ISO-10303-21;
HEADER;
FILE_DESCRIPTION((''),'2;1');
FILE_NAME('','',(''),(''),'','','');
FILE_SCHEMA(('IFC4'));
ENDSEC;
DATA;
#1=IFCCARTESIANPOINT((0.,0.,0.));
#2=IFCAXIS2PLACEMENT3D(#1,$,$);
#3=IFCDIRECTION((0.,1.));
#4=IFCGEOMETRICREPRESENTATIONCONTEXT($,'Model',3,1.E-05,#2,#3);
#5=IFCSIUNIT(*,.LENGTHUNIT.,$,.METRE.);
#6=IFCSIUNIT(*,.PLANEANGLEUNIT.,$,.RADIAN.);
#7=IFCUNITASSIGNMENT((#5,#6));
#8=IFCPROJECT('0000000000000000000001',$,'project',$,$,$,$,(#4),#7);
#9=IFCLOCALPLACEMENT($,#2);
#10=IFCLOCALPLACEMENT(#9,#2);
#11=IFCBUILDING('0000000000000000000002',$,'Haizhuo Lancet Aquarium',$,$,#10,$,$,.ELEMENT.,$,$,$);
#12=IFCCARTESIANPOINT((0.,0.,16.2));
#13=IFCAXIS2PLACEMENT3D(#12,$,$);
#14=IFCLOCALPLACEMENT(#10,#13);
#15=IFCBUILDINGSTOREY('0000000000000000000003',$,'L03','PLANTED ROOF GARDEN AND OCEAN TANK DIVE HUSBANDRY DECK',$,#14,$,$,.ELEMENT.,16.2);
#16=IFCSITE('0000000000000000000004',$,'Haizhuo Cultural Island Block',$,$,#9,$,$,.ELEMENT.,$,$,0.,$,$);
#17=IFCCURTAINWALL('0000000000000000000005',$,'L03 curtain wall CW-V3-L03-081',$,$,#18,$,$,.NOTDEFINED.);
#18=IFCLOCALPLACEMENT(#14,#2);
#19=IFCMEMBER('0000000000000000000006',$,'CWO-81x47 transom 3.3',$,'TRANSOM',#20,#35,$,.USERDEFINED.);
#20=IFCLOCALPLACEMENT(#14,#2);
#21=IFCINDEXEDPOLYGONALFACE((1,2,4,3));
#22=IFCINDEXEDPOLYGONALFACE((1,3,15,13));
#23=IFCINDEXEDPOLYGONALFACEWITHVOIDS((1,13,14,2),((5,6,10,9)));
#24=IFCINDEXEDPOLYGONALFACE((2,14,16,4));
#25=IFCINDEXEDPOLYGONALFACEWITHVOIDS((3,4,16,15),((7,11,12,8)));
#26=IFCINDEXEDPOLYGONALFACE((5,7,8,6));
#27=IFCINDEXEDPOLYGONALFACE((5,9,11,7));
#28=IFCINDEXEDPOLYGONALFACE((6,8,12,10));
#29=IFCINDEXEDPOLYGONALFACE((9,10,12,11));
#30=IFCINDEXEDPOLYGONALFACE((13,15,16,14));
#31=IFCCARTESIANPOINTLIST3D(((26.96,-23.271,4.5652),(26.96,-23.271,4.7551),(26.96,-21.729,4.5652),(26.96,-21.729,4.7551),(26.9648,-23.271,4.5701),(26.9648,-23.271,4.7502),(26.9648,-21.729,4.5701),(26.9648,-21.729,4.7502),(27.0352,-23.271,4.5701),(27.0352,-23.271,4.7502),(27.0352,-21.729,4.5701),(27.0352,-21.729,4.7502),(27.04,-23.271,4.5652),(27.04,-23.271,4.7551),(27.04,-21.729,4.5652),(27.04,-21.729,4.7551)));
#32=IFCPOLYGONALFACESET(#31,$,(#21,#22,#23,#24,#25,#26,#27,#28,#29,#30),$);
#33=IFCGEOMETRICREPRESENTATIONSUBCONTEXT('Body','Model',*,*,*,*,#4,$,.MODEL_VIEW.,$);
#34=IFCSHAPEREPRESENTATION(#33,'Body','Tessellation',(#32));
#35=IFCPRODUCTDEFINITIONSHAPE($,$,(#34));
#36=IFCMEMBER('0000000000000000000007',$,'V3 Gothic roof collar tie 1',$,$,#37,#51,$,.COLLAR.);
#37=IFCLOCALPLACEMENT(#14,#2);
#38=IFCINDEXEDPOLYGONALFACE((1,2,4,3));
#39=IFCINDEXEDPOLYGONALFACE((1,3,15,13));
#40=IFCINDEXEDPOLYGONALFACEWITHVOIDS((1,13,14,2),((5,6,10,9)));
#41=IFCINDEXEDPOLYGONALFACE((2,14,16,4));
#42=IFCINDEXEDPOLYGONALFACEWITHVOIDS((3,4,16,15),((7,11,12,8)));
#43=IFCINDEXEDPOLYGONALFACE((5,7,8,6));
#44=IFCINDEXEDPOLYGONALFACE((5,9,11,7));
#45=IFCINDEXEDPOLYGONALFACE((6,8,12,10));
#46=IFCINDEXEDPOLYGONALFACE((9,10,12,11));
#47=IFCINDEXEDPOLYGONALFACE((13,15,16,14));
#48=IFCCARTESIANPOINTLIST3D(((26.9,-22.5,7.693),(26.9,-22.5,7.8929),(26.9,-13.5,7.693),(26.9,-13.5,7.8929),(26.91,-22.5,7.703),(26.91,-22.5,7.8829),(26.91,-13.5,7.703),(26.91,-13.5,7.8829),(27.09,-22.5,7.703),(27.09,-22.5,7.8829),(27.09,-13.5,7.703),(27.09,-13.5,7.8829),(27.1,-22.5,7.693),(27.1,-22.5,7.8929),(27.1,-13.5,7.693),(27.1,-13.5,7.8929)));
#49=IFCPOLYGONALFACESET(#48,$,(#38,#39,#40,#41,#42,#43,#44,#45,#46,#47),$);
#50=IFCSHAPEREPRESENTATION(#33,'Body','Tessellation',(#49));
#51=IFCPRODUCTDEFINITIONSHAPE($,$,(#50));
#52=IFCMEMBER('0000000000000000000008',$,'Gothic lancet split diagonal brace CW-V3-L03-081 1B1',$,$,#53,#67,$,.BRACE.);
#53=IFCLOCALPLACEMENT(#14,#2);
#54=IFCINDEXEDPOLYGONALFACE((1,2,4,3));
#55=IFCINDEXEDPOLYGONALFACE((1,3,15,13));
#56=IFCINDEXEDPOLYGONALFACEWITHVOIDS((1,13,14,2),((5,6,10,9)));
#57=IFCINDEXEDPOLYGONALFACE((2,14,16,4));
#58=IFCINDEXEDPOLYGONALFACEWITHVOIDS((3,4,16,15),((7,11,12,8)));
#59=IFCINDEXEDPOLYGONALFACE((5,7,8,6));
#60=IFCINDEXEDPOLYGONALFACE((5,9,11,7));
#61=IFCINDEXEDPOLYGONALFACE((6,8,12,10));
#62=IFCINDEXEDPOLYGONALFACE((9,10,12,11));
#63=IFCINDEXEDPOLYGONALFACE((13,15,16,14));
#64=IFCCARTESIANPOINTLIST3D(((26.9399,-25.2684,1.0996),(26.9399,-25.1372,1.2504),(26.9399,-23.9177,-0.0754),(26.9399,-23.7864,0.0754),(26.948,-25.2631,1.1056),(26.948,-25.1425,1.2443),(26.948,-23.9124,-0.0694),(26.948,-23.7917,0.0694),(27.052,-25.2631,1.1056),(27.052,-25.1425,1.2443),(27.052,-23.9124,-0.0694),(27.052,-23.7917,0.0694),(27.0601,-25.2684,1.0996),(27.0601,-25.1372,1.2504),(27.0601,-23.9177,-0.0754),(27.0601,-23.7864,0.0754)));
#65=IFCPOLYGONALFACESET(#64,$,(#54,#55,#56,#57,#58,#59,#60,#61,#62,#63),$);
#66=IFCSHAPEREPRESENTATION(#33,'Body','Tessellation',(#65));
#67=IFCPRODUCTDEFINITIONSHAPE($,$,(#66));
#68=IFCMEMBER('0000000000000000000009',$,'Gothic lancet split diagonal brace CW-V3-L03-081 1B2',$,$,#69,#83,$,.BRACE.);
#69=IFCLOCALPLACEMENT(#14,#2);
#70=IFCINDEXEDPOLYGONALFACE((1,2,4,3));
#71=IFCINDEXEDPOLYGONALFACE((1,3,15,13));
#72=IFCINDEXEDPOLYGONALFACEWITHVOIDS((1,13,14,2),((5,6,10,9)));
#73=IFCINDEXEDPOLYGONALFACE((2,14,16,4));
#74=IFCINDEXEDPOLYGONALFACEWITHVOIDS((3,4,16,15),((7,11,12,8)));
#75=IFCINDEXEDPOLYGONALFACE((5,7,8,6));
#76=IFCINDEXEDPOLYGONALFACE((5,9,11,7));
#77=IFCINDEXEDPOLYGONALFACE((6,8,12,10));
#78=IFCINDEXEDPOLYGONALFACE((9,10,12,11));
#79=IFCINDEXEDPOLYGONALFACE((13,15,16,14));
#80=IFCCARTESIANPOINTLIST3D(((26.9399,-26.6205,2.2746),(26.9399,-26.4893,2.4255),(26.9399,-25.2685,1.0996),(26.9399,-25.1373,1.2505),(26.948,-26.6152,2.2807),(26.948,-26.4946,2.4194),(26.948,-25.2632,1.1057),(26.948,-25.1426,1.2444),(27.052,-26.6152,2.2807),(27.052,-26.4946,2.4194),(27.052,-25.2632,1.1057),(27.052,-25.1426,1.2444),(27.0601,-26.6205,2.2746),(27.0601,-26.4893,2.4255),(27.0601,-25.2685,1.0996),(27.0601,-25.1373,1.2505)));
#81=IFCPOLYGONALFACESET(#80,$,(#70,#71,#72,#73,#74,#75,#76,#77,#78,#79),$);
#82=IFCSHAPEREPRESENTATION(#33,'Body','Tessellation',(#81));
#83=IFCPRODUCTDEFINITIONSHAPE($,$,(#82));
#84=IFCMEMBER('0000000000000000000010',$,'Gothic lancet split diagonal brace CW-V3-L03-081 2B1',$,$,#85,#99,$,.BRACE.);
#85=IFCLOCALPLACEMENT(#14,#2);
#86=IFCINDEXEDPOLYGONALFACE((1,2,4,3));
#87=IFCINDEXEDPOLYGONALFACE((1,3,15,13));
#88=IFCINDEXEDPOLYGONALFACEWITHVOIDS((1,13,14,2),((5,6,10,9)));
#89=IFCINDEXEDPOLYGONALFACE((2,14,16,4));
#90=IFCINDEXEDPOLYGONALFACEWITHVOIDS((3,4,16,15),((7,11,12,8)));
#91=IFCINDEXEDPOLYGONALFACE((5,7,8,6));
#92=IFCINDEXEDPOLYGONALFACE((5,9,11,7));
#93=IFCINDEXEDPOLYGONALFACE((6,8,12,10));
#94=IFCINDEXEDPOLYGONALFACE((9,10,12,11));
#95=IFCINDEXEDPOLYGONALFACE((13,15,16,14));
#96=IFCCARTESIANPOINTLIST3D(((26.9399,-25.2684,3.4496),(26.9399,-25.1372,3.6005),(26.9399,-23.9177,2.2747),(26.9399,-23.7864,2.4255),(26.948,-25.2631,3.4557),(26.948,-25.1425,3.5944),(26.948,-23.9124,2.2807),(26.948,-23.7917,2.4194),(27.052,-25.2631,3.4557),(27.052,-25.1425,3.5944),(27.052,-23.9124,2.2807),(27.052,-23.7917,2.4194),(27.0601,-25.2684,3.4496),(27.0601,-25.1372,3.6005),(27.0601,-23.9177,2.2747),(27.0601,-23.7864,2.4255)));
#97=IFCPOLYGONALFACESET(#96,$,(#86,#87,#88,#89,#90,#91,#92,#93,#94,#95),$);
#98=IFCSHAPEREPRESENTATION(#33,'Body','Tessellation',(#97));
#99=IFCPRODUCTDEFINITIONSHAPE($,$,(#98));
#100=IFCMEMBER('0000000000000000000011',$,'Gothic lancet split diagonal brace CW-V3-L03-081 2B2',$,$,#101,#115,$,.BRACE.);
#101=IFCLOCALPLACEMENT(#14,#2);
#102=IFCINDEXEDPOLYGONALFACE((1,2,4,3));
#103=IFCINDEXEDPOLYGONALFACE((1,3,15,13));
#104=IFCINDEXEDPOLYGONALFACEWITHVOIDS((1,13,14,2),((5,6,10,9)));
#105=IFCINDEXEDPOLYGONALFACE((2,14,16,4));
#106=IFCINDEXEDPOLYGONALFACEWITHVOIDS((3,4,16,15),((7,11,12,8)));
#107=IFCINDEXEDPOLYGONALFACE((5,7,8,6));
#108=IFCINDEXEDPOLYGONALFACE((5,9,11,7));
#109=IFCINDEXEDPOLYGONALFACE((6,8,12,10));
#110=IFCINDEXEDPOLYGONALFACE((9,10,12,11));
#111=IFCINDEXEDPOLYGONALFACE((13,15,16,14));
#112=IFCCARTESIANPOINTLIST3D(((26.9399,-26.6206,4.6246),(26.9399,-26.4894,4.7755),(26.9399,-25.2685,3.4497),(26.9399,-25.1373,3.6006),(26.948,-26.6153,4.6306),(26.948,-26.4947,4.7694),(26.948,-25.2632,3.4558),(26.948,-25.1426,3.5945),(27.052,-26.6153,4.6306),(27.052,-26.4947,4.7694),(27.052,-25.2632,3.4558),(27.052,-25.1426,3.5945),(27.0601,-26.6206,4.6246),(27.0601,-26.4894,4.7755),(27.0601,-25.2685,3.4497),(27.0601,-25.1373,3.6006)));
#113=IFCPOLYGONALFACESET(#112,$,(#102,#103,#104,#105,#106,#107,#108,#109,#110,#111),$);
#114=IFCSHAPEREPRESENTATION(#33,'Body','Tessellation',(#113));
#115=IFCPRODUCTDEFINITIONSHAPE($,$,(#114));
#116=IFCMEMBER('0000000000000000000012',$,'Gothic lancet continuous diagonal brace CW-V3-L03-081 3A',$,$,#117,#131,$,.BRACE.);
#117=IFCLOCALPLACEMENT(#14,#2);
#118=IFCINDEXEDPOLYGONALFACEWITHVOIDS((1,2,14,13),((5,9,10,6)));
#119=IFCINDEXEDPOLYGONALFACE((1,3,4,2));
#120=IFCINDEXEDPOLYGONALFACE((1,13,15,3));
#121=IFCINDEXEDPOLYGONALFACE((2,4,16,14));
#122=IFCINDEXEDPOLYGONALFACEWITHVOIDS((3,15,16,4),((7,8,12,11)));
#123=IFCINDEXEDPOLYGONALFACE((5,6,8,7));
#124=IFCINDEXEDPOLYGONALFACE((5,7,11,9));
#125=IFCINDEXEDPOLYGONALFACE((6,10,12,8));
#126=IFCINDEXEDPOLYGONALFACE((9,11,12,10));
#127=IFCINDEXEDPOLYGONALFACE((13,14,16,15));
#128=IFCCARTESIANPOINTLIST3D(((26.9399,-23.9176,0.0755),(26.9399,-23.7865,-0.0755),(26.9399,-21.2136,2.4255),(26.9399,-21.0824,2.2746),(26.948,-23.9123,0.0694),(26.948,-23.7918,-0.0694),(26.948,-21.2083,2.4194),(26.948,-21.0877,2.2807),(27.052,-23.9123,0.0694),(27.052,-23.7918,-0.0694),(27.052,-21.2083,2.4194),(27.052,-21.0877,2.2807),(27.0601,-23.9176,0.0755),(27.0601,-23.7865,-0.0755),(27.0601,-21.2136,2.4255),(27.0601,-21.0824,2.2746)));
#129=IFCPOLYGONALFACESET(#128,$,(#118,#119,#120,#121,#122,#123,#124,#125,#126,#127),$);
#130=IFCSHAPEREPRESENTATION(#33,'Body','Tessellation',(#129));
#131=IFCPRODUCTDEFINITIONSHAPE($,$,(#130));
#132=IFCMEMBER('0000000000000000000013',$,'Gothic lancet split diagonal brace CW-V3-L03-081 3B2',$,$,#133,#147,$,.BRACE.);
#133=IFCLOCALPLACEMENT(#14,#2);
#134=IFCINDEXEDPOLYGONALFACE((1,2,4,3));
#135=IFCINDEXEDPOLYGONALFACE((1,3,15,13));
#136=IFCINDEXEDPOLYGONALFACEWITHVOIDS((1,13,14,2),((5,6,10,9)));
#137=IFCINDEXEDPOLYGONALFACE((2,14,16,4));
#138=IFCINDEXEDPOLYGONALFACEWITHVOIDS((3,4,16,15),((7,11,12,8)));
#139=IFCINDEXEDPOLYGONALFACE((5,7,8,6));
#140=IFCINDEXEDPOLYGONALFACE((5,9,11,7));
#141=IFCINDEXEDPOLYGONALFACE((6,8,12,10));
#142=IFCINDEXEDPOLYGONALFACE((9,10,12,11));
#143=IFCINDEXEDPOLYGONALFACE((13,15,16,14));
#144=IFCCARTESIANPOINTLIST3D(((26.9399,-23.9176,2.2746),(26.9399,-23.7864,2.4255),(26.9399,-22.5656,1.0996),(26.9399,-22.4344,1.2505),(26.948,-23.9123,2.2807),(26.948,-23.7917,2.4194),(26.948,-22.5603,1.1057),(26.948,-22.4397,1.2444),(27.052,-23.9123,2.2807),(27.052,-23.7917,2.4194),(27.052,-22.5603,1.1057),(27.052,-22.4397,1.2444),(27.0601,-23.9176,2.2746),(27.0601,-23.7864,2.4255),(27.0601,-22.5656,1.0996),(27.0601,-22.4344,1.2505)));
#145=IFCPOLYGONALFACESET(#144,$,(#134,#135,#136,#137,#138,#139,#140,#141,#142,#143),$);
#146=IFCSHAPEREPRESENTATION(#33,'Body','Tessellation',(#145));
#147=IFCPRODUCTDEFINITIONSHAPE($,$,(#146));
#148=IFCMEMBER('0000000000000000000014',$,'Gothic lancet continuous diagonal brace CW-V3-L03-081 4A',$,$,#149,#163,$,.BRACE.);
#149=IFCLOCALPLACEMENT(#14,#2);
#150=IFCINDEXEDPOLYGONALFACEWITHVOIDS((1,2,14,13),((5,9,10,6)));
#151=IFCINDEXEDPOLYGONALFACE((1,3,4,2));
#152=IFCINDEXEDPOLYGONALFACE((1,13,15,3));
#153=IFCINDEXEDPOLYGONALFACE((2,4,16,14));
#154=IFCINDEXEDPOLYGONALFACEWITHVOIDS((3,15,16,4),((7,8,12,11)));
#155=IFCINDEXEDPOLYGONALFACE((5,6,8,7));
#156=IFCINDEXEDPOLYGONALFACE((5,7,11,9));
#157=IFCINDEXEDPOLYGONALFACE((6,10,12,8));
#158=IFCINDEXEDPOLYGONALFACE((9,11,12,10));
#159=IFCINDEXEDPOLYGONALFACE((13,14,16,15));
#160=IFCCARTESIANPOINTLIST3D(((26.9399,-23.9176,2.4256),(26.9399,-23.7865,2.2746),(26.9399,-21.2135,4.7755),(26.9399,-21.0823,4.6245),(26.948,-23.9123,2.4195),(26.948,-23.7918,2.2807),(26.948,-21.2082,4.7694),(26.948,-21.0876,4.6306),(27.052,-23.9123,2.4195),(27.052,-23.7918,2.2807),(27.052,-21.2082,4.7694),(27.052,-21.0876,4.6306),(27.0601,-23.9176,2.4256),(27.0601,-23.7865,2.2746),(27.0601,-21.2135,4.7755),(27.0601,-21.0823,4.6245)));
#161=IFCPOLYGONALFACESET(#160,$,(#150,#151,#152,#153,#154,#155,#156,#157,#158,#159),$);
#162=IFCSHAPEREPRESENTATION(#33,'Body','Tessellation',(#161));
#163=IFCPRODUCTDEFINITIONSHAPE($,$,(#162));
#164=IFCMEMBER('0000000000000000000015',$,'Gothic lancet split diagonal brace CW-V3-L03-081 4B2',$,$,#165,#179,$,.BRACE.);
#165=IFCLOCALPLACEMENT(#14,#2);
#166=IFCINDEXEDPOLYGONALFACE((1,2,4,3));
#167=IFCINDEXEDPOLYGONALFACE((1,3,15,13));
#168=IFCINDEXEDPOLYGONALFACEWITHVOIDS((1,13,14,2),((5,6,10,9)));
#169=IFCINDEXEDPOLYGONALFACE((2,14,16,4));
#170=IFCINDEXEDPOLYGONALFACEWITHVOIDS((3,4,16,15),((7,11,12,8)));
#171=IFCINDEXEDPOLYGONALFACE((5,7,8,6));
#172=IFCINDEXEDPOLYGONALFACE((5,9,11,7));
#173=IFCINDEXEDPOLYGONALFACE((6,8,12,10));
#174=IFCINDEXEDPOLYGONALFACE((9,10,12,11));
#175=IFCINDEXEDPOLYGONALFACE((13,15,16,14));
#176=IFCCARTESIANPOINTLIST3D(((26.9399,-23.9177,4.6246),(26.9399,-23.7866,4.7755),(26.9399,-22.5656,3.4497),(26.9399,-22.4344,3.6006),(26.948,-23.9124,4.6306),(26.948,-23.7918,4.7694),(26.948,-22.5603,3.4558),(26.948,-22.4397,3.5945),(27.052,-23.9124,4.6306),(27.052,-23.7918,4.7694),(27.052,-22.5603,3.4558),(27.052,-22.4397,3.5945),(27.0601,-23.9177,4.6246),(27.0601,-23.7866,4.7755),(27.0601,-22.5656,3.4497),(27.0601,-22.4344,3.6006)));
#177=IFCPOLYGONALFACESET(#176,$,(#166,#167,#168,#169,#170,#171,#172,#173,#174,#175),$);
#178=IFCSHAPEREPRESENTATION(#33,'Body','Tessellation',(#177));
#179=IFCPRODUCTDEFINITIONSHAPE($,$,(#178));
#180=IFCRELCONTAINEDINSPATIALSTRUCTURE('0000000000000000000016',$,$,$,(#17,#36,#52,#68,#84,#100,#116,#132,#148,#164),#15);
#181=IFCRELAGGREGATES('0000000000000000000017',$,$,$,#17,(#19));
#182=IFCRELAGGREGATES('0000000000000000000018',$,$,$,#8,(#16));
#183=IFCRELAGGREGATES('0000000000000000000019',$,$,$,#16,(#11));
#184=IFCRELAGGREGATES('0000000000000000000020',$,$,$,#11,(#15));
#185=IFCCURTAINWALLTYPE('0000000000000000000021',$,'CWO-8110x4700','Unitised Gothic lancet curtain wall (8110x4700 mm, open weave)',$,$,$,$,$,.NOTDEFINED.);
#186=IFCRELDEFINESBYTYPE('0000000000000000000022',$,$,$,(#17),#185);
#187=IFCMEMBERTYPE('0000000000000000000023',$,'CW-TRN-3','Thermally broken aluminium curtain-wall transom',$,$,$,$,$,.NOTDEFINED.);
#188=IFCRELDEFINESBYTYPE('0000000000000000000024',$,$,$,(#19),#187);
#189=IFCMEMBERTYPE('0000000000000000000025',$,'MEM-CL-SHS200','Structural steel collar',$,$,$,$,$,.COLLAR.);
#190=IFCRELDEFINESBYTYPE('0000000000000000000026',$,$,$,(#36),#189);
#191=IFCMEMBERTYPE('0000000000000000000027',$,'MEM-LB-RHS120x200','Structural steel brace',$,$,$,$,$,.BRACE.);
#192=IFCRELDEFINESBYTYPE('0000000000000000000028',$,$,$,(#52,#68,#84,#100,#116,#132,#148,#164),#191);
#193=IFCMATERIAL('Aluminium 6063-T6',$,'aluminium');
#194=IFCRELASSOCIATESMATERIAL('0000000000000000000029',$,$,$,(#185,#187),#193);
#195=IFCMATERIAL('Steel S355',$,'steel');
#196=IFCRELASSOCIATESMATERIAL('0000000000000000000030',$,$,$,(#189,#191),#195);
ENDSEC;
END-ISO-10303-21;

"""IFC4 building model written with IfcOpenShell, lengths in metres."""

from ifc_helpers import new_model, si_unit, direction, frame, origin, origin_2d, place, context, subcontext, project, spatial, hollow_rectangle, extrude, material, material_profile, profile_set, type_object, element, aggregate, save


model = new_model("IFC4")

# Units and contexts
model_context = context("Model", 3, precision=1e-05, world=origin(), true_north=direction((0.0, 1.0)))
body_context = subcontext(model_context, "Body", "Model", "MODEL_VIEW")
ifc_project = project(units=[si_unit("LENGTHUNIT", "METRE"), si_unit("PLANEANGLEUNIT", "RADIAN")], contexts=[model_context])

# Site, building, storey
site_placement = place(None, origin())
site = spatial("IfcSite", under=ifc_project, at=site_placement, Name="Haizhuo Cultural Island Block", CompositionType="ELEMENT", RefElevation=0.0)
building_placement = place(site_placement, origin())
building = spatial("IfcBuilding", under=site, at=building_placement, Name="Haizhuo Lancet Aquarium", CompositionType="ELEMENT")
storey_placement = place(building_placement, frame((0.0, 0.0, 16.2)))
storey = spatial("IfcBuildingStorey", under=building, at=storey_placement, Name="L03", Description="PLANTED ROOF GARDEN AND OCEAN TANK DIVE HUSBANDRY DECK", CompositionType="ELEMENT", Elevation=16.2)

# Curtain wall, member
ifc_material_1 = material(Name="Aluminium 6063-T6", Category="aluminium")
curtain_wall_type = type_object("IfcCurtainWallType", Name="CWO-8110x4700", Description="Unitised Gothic lancet curtain wall (8110x4700 mm, open weave)", PredefinedType="NOTDEFINED", material=ifc_material_1)
curtain_wall_placement = place(storey_placement, origin())
curtain_wall = element("IfcCurtainWall", 1, at=curtain_wall_placement, inside=storey, type_object=curtain_wall_type, Name="L03 curtain wall CW-V3-L03-081", PredefinedType="NOTDEFINED")
ifc_material_profile_1 = material_profile(ifc_material_1, hollow_rectangle(XDim=0.0801, YDim=0.1899, WallThickness=0.0049, at=origin_2d()), Name="ALU-T 80x190x5")
ifc_profile_set_1 = profile_set([ifc_material_profile_1], Name="Aluminium 6063-T6")
member_type_1 = type_object("IfcMemberType", Name="CW-TRN-3", Description="Thermally broken aluminium curtain-wall transom", PredefinedType="NOTDEFINED", material=ifc_profile_set_1)
member_1_placement = place(storey_placement, frame((27.0, -23.271, 4.6602), z_axis=(0.0, 1.0, 0.0), x_axis=(-1.0, 0.0, 0.0)))
member_1 = element("IfcMember", 2, at=member_1_placement, type_object=member_type_1, Name="CWO-81x47 transom 3.3", ObjectType="TRANSOM", PredefinedType="USERDEFINED", context=body_context, shape_type="SweptSolid", body=[
    extrude(hollow_rectangle(XDim=0.0801, YDim=0.1899, WallThickness=0.0049, at=origin_2d()), origin(), (0.0, 0.0, 1.0), 1.542),
])

# Members
ifc_material_2 = material(Name="Steel S355", Category="steel")
ifc_material_profile_2 = material_profile(ifc_material_2, hollow_rectangle(XDim=0.2, YDim=0.2, WallThickness=0.01, at=origin_2d()), Name="SHS 200x200x10")
ifc_profile_set_2 = profile_set([ifc_material_profile_2], Name="Steel S355")
member_type_2 = type_object("IfcMemberType", Name="MEM-CL-SHS200", Description="Structural steel collar", PredefinedType="COLLAR", material=ifc_profile_set_2)
member_2_placement = place(storey_placement, frame((27.0, -22.5, 7.793), z_axis=(0.0, 1.0, 0.0), x_axis=(-1.0, 0.0, 0.0)))
element("IfcMember", 3, at=member_2_placement, inside=storey, type_object=member_type_2, Name="V3 Gothic roof collar tie 1", PredefinedType="COLLAR", context=body_context, shape_type="SweptSolid", body=[
    extrude(hollow_rectangle(XDim=0.2, YDim=0.2, WallThickness=0.01, at=origin_2d()), origin(), (0.0, 0.0, 1.0), 9.0),
])
ifc_material_profile_3 = material_profile(ifc_material_2, hollow_rectangle(XDim=0.1201, YDim=0.2, WallThickness=0.0081, at=origin_2d()), Name="RHS 120x200x8")
ifc_profile_set_3 = profile_set([ifc_material_profile_3], Name="Steel S355")
member_type_3 = type_object("IfcMemberType", Name="MEM-LB-RHS120x200", Description="Structural steel brace", PredefinedType="BRACE", material=ifc_profile_set_3)
member_3_placement = place(storey_placement, frame((27.0, -23.8521, 0.0), z_axis=(0.0, -0.754491, 0.65631), x_axis=(1.0, 0.0, 0.0)))
element("IfcMember", 4, at=member_3_placement, inside=storey, type_object=member_type_3, Name="Gothic lancet split diagonal brace CW-V3-L03-081 1B1", PredefinedType="BRACE", context=body_context, shape_type="SweptSolid", body=[
    extrude(hollow_rectangle(XDim=0.1201, YDim=0.2, WallThickness=0.0081, at=origin_2d()), origin(), (0.0, 0.0, 1.0), 1.7903),
])
member_4_placement = place(storey_placement, frame((27.0, -25.2029, 1.175), z_axis=(0.0, -0.754784, 0.655973), x_axis=(1.0, 0.0, 0.0)))
element("IfcMember", 5, at=member_4_placement, inside=storey, type_object=member_type_3, Name="Gothic lancet split diagonal brace CW-V3-L03-081 1B2", PredefinedType="BRACE", context=body_context, shape_type="SweptSolid", body=[
    extrude(hollow_rectangle(XDim=0.1201, YDim=0.2, WallThickness=0.0081, at=origin_2d()), origin(), (0.0, 0.0, 1.0), 1.7913),
])
member_5_placement = place(storey_placement, frame((27.0, -23.8521, 2.3501), z_axis=(0.0, -0.754491, 0.65631), x_axis=(1.0, 0.0, 0.0)))
element("IfcMember", 6, at=member_5_placement, inside=storey, type_object=member_type_3, Name="Gothic lancet split diagonal brace CW-V3-L03-081 2B1", PredefinedType="BRACE", context=body_context, shape_type="SweptSolid", body=[
    extrude(hollow_rectangle(XDim=0.1201, YDim=0.2, WallThickness=0.0081, at=origin_2d()), origin(), (0.0, 0.0, 1.0), 1.7903),
])
member_6_placement = place(storey_placement, frame((27.0, -25.2029, 3.5251), z_axis=(0.0, -0.754852, 0.655895), x_axis=(1.0, 0.0, 0.0)))
element("IfcMember", 7, at=member_6_placement, inside=storey, type_object=member_type_3, Name="Gothic lancet split diagonal brace CW-V3-L03-081 2B2", PredefinedType="BRACE", context=body_context, shape_type="SweptSolid", body=[
    extrude(hollow_rectangle(XDim=0.1201, YDim=0.2, WallThickness=0.0081, at=origin_2d()), origin(), (0.0, 0.0, 1.0), 1.7913),
])
member_7_placement = place(storey_placement, frame((27.0, -23.8521, 0.0), z_axis=(0.0, 0.754784, 0.655973), x_axis=(-1.0, 0.0, 0.0)))
element("IfcMember", 8, at=member_7_placement, inside=storey, type_object=member_type_3, Name="Gothic lancet continuous diagonal brace CW-V3-L03-081 3A", PredefinedType="BRACE", context=body_context, shape_type="SweptSolid", body=[
    extrude(hollow_rectangle(XDim=0.1201, YDim=0.2, WallThickness=0.0081, at=origin_2d()), origin(), (0.0, 0.0, 1.0), 3.5825),
])
member_8_placement = place(storey_placement, frame((27.0, -22.5, 1.175), z_axis=(0.0, -0.754784, 0.655973), x_axis=(1.0, 0.0, 0.0)))
element("IfcMember", 9, at=member_8_placement, inside=storey, type_object=member_type_3, Name="Gothic lancet split diagonal brace CW-V3-L03-081 3B2", PredefinedType="BRACE", context=body_context, shape_type="SweptSolid", body=[
    extrude(hollow_rectangle(XDim=0.1201, YDim=0.2, WallThickness=0.0081, at=origin_2d()), origin(), (0.0, 0.0, 1.0), 1.7913),
])
member_9_placement = place(storey_placement, frame((27.0, -23.8521, 2.3501), z_axis=(0.0, 0.754818, 0.655934), x_axis=(-1.0, 0.0, 0.0)))
element("IfcMember", 10, at=member_9_placement, inside=storey, type_object=member_type_3, Name="Gothic lancet continuous diagonal brace CW-V3-L03-081 4A", PredefinedType="BRACE", context=body_context, shape_type="SweptSolid", body=[
    extrude(hollow_rectangle(XDim=0.1201, YDim=0.2, WallThickness=0.0081, at=origin_2d()), origin(), (0.0, 0.0, 1.0), 3.5825),
])
member_10_placement = place(storey_placement, frame((27.0, -22.5, 3.5251), z_axis=(0.0, -0.754852, 0.655895), x_axis=(1.0, 0.0, 0.0)))
element("IfcMember", 11, at=member_10_placement, inside=storey, type_object=member_type_3, Name="Gothic lancet split diagonal brace CW-V3-L03-081 4B2", PredefinedType="BRACE", context=body_context, shape_type="SweptSolid", body=[
    extrude(hollow_rectangle(XDim=0.1201, YDim=0.2, WallThickness=0.0081, at=origin_2d()), origin(), (0.0, 0.0, 1.0), 1.7913),
])

aggregate(curtain_wall, [member_1])

save(model, "model.ifc")
